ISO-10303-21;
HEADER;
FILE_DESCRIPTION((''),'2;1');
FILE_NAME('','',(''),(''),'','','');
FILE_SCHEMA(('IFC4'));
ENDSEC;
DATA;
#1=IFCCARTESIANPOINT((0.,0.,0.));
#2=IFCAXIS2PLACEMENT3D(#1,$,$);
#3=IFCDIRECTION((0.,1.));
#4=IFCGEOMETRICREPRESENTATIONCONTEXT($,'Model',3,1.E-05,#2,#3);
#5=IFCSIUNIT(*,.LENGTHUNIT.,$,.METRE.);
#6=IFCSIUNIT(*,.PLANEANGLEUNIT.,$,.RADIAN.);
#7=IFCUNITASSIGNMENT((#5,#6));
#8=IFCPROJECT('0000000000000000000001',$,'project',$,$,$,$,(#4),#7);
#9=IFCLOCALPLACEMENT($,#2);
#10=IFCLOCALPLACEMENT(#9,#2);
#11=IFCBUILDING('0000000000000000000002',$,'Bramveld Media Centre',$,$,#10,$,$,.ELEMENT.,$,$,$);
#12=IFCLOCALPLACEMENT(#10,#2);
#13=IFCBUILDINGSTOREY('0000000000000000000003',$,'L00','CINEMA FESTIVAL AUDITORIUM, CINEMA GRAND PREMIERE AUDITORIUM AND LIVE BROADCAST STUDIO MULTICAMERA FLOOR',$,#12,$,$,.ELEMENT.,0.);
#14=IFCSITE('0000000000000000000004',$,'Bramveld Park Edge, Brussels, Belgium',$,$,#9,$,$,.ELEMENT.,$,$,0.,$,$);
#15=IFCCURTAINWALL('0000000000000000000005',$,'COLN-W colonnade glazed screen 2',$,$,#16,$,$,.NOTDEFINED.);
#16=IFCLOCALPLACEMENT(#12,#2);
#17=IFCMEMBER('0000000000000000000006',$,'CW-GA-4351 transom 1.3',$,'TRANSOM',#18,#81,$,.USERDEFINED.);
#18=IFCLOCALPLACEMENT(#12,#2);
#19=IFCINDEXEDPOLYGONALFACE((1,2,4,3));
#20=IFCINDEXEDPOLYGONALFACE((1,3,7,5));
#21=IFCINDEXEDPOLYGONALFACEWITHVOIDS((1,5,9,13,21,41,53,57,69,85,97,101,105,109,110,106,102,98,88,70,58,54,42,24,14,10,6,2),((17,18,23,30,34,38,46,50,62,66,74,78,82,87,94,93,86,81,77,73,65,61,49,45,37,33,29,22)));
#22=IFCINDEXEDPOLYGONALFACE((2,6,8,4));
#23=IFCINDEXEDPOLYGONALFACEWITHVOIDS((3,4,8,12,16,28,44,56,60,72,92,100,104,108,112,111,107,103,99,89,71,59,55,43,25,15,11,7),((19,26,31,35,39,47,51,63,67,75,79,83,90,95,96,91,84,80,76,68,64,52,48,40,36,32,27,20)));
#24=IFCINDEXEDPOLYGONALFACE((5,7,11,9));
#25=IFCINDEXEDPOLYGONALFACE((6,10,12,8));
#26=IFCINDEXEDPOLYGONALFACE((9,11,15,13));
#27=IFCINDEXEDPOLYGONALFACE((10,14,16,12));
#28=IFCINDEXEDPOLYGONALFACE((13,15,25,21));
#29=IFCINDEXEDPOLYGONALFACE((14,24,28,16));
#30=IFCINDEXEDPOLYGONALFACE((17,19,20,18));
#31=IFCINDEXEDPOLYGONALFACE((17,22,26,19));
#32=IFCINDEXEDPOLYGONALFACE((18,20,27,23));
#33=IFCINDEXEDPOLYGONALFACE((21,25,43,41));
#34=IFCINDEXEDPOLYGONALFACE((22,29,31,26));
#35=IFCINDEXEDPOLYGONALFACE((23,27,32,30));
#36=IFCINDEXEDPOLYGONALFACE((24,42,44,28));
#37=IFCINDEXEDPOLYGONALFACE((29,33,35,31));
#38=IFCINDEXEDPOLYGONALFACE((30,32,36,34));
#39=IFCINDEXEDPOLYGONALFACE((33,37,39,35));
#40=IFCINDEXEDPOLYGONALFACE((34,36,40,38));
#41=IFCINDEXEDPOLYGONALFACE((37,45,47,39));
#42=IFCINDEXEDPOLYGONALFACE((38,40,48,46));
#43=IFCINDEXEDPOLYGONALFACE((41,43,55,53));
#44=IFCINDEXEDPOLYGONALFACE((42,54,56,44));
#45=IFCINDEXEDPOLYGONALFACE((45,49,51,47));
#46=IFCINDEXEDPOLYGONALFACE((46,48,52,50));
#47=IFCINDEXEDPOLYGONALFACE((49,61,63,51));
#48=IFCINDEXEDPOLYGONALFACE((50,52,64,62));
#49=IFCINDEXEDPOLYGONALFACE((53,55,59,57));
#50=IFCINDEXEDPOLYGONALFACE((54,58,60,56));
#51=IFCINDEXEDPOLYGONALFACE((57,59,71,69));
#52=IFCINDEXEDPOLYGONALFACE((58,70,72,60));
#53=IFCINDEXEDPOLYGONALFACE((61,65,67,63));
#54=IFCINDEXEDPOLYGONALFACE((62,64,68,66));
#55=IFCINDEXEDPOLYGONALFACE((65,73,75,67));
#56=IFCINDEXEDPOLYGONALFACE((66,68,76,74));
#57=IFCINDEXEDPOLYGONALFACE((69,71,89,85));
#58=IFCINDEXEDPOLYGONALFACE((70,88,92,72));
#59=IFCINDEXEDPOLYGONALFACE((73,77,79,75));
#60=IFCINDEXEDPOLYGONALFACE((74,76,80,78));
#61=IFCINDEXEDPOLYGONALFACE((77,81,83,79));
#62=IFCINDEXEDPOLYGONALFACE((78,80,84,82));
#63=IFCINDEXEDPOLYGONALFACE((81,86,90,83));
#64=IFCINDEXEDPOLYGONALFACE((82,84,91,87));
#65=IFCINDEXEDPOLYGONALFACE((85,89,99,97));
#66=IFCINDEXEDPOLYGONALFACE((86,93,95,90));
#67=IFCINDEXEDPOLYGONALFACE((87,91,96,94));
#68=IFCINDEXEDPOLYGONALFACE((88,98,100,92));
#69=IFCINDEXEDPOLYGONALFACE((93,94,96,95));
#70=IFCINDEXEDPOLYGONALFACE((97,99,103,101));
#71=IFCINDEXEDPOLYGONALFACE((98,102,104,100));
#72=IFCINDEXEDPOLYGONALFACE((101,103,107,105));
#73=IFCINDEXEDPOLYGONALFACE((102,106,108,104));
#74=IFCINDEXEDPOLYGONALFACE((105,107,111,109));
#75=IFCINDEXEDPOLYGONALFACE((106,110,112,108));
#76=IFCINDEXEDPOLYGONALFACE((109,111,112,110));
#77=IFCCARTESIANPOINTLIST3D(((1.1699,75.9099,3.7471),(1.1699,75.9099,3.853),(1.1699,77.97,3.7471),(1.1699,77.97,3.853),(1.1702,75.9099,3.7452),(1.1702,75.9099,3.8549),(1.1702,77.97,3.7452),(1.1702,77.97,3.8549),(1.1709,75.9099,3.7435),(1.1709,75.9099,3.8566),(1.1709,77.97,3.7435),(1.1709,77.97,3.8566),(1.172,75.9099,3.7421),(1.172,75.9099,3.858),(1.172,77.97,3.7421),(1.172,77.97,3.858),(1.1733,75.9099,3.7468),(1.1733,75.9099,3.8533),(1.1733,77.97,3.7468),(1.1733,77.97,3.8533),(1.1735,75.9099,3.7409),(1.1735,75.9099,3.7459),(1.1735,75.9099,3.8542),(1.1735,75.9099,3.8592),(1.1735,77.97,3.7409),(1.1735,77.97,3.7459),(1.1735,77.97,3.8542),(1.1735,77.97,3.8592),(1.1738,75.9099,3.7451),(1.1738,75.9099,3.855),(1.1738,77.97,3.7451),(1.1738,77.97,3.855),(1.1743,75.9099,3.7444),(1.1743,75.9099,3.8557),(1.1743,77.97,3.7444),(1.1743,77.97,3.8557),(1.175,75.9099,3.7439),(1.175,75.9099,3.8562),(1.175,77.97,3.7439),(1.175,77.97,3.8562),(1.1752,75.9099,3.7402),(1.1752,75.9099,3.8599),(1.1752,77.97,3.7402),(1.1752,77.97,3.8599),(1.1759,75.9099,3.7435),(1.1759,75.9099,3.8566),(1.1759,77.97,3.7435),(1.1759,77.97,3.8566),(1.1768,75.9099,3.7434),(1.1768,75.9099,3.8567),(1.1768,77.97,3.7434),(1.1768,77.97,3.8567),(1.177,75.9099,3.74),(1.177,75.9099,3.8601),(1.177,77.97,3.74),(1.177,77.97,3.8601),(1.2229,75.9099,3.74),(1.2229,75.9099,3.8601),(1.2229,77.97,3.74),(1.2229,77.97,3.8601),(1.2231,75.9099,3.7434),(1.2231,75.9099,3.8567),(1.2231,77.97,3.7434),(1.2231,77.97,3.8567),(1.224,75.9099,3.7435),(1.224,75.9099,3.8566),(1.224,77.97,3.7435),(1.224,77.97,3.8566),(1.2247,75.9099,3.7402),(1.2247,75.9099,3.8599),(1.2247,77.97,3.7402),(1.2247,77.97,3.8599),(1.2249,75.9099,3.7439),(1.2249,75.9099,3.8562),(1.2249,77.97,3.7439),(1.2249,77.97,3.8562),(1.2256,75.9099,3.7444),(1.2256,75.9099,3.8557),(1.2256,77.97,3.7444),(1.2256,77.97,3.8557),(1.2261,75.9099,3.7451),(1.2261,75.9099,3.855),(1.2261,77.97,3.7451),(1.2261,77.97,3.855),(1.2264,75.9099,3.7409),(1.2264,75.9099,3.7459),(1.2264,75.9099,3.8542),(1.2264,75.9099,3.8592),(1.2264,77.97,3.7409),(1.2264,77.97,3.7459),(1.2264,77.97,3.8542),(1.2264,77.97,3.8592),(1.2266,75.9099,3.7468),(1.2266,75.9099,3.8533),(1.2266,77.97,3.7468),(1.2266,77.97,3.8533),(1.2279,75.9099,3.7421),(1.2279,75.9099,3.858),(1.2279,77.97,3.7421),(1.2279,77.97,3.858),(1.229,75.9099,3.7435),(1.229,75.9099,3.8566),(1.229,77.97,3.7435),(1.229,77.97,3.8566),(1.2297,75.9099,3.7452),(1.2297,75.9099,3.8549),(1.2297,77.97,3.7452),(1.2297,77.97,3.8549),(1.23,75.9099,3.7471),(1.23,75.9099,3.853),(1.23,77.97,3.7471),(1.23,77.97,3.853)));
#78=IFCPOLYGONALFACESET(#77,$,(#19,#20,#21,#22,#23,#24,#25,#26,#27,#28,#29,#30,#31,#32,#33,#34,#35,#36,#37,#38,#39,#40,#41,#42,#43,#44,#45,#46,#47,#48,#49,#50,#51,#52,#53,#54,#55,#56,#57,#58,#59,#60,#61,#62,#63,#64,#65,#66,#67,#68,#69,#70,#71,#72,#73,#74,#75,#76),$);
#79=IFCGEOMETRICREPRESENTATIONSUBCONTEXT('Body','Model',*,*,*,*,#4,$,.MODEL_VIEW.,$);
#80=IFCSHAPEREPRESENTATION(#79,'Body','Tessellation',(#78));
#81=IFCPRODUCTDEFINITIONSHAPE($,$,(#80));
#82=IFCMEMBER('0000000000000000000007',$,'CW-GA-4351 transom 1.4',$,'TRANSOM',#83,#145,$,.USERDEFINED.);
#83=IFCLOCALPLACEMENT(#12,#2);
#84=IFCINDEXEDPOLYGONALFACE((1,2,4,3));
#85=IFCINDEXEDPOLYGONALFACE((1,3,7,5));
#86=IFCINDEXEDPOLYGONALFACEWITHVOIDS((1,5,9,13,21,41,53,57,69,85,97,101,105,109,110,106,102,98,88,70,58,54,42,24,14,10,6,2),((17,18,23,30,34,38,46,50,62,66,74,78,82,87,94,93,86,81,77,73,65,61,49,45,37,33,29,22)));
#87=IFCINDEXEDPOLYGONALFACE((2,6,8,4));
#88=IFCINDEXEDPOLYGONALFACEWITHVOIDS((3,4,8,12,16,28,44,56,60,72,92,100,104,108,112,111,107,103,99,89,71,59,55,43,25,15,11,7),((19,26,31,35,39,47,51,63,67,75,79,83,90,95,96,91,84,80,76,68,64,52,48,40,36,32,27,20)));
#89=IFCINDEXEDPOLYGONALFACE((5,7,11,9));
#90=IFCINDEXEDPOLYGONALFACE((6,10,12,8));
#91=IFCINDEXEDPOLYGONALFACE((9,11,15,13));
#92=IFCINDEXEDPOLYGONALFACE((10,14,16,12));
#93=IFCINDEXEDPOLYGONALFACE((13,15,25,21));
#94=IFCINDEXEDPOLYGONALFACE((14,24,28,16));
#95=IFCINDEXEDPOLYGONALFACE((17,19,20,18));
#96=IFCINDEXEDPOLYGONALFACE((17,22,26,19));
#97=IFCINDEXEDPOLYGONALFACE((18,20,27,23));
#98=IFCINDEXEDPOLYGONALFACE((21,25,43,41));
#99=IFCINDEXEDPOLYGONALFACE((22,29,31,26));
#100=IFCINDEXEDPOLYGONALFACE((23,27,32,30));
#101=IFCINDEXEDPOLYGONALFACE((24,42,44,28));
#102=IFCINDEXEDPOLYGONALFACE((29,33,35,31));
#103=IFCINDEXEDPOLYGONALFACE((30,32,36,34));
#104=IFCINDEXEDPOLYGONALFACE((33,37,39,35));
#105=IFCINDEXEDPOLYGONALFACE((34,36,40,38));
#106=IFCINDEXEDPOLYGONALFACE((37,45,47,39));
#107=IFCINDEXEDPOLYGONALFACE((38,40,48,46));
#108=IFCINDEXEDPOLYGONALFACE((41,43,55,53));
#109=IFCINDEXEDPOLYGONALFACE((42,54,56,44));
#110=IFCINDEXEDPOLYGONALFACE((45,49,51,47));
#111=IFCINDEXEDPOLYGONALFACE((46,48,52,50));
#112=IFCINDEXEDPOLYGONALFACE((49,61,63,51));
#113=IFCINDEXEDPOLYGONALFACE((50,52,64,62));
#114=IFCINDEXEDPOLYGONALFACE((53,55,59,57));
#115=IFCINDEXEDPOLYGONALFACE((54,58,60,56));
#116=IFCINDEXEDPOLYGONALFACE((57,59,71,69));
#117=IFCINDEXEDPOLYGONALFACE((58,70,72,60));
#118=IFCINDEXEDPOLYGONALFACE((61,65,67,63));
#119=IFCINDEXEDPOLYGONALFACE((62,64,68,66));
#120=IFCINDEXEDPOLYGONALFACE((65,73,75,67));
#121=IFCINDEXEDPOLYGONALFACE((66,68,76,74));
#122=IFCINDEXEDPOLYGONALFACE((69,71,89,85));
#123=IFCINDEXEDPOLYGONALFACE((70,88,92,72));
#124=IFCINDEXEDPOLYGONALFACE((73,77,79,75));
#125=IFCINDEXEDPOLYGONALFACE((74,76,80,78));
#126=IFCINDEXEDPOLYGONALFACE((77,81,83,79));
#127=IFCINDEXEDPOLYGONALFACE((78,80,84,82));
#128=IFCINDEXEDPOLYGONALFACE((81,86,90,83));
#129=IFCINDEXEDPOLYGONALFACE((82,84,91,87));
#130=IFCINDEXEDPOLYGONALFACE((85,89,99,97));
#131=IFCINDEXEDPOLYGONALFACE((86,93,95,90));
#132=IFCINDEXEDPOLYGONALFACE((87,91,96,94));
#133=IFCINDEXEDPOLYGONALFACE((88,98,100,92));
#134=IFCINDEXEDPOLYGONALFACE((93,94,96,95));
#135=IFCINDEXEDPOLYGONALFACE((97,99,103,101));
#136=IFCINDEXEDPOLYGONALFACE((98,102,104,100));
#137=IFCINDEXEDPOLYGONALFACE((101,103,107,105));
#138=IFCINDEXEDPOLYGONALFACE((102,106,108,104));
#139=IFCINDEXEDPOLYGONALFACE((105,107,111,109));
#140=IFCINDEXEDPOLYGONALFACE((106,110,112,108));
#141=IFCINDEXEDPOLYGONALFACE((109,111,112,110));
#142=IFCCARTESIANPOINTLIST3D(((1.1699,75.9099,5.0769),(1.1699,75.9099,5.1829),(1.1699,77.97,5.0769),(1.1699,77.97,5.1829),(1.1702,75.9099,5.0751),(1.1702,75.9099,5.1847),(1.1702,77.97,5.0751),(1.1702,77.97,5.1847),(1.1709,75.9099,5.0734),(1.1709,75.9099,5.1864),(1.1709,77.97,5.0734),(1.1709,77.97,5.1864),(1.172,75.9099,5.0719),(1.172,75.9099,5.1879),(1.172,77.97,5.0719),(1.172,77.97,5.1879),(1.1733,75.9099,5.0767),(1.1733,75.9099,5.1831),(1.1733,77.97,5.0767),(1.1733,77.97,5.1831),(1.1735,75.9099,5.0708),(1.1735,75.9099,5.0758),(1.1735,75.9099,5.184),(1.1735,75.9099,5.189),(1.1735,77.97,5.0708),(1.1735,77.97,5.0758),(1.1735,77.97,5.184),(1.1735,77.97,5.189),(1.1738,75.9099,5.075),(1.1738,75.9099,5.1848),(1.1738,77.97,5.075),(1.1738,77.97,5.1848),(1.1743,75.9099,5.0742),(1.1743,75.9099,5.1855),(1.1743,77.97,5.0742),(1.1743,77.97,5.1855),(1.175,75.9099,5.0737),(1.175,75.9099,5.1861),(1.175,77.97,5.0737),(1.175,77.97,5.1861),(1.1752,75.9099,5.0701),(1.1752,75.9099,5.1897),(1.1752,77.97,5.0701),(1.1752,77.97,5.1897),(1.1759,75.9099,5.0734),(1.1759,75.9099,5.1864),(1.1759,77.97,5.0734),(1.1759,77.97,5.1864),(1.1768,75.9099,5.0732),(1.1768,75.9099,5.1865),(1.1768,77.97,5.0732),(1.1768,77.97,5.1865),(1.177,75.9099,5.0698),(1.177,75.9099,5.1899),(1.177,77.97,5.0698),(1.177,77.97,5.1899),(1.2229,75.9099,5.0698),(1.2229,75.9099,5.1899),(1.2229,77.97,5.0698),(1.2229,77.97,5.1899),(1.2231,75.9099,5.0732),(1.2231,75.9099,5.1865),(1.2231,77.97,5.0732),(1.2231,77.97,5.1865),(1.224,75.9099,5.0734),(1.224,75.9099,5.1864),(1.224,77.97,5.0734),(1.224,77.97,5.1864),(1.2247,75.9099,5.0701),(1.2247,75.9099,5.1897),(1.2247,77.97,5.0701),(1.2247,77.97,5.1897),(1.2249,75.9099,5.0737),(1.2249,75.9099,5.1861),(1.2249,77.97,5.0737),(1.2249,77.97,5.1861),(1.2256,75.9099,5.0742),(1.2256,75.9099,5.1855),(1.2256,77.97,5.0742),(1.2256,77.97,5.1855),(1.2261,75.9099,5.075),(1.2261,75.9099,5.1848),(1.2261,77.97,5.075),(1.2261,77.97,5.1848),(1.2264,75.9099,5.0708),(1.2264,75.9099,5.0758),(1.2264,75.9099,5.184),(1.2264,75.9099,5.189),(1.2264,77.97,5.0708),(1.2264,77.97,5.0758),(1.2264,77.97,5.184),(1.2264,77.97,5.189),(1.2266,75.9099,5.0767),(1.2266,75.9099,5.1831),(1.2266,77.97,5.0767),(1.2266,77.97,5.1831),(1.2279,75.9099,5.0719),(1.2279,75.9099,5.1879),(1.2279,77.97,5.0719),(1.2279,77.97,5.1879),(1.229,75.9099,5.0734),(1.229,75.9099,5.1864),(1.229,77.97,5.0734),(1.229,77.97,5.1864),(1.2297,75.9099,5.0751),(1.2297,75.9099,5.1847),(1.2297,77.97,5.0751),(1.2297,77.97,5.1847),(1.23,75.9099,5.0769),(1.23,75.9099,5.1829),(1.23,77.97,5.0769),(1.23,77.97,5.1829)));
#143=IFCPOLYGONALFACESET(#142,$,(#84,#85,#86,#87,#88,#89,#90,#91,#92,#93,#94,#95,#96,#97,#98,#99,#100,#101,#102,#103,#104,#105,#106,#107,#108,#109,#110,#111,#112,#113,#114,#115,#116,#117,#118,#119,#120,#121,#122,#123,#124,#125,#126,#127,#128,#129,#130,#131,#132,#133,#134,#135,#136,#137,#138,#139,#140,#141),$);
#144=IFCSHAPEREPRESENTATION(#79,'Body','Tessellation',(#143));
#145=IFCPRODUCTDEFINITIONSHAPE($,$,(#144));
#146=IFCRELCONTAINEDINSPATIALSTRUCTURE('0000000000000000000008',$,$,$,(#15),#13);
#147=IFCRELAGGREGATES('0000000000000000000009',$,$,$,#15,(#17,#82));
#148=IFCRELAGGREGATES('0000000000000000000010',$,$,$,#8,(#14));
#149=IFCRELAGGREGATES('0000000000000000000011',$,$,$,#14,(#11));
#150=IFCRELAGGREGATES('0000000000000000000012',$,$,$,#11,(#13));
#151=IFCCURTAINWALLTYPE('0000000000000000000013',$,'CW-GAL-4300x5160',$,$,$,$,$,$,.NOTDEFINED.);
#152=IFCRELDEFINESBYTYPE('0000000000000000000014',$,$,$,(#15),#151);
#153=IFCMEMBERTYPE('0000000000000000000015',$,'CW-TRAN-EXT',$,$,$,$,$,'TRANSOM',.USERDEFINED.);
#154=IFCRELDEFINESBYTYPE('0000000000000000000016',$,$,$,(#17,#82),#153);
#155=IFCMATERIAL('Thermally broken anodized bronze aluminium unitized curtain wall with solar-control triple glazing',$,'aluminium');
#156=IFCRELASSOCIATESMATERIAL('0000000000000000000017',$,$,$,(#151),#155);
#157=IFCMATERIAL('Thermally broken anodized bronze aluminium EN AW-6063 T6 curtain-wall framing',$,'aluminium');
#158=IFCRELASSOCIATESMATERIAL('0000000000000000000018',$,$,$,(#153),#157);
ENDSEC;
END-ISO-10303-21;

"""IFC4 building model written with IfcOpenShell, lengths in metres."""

from ifc_helpers import new_model, si_unit, direction, frame, origin, origin_2d, place, context, subcontext, project, spatial, hollow_rectangle, extrude, material, material_profile, profile_set, type_object, element, aggregate, save


model = new_model("IFC4")

# Units and contexts
model_context = context("Model", 3, precision=1e-05, world=origin(), true_north=direction((0.0, 1.0)))
body_context = subcontext(model_context, "Body", "Model", "MODEL_VIEW")
ifc_project = project(units=[si_unit("LENGTHUNIT", "METRE"), si_unit("PLANEANGLEUNIT", "RADIAN")], contexts=[model_context])

# Site, building, storey
site_placement = place(None, origin())
site = spatial("IfcSite", under=ifc_project, at=site_placement, Name="Bramveld Park Edge, Brussels, Belgium", CompositionType="ELEMENT", RefElevation=0.0)
building_placement = place(site_placement, origin())
building = spatial("IfcBuilding", under=site, at=building_placement, Name="Bramveld Media Centre", CompositionType="ELEMENT")
storey_placement = place(building_placement, origin())
storey = spatial("IfcBuildingStorey", under=building, at=storey_placement, Name="L00", Description="CINEMA FESTIVAL AUDITORIUM, CINEMA GRAND PREMIERE AUDITORIUM AND LIVE BROADCAST STUDIO MULTICAMERA FLOOR", CompositionType="ELEMENT", Elevation=0.0)

# Curtain wall
ifc_material_1 = material(Name="Thermally broken anodized bronze aluminium unitized curtain wall with solar-control triple glazing", Category="aluminium")
curtain_wall_type_1 = type_object("IfcCurtainWallType", Name="CW-GAL-4300x5160", PredefinedType="NOTDEFINED", material=ifc_material_1)
curtain_wall_1_placement = place(storey_placement, origin())
curtain_wall_1 = element("IfcCurtainWall", 1, at=curtain_wall_1_placement, inside=storey, type_object=curtain_wall_type_1, Name="COLN-W colonnade glazed screen 2", PredefinedType="NOTDEFINED")

# Members
ifc_material_2 = material(Name="Thermally broken anodized bronze aluminium EN AW-6063 T6 curtain-wall framing", Category="aluminium")
ifc_material_profile_1 = material_profile(ifc_material_2, hollow_rectangle(XDim=0.0601, YDim=0.1201, WallThickness=0.0034, InnerFilletRadius=0.0034, OuterFilletRadius=0.0071, at=origin_2d()), Name="AL-TRAN 60x120")
ifc_profile_set_1 = profile_set([ifc_material_profile_1], Name="Thermally broken anodized bronze aluminium EN AW-6063 T6 curtain-wall framing")
member_type_1 = type_object("IfcMemberType", Name="CW-TRAN-EXT", ElementType="TRANSOM", PredefinedType="USERDEFINED", material=ifc_profile_set_1)
member_1_placement = place(storey_placement, frame((1.2, 75.9099, 3.8), z_axis=(0.0, 1.0, 0.0), x_axis=(-1.0, 0.0, 0.0)))
member_1 = element("IfcMember", 2, at=member_1_placement, type_object=member_type_1, Name="CW-GA-4351 transom 1.3", ObjectType="TRANSOM", PredefinedType="USERDEFINED", context=body_context, shape_type="SweptSolid", body=[
    extrude(hollow_rectangle(XDim=0.0601, YDim=0.1201, WallThickness=0.0034, InnerFilletRadius=0.0034, OuterFilletRadius=0.0071, at=origin_2d()), origin(), (0.0, 0.0, 1.0), 2.0601),
])
member_2_placement = place(storey_placement, frame((1.2, 75.9099, 5.1299), z_axis=(0.0, 1.0, 0.0), x_axis=(-1.0, 0.0, 0.0)))
member_2 = element("IfcMember", 3, at=member_2_placement, type_object=member_type_1, Name="CW-GA-4351 transom 1.4", ObjectType="TRANSOM", PredefinedType="USERDEFINED", context=body_context, shape_type="SweptSolid", body=[
    extrude(hollow_rectangle(XDim=0.0601, YDim=0.1201, WallThickness=0.0034, InnerFilletRadius=0.0034, OuterFilletRadius=0.0071, at=origin_2d()), origin(), (0.0, 0.0, 1.0), 2.0601),
])

aggregate(curtain_wall_1, [member_1, member_2])

save(model, "model.ifc")
